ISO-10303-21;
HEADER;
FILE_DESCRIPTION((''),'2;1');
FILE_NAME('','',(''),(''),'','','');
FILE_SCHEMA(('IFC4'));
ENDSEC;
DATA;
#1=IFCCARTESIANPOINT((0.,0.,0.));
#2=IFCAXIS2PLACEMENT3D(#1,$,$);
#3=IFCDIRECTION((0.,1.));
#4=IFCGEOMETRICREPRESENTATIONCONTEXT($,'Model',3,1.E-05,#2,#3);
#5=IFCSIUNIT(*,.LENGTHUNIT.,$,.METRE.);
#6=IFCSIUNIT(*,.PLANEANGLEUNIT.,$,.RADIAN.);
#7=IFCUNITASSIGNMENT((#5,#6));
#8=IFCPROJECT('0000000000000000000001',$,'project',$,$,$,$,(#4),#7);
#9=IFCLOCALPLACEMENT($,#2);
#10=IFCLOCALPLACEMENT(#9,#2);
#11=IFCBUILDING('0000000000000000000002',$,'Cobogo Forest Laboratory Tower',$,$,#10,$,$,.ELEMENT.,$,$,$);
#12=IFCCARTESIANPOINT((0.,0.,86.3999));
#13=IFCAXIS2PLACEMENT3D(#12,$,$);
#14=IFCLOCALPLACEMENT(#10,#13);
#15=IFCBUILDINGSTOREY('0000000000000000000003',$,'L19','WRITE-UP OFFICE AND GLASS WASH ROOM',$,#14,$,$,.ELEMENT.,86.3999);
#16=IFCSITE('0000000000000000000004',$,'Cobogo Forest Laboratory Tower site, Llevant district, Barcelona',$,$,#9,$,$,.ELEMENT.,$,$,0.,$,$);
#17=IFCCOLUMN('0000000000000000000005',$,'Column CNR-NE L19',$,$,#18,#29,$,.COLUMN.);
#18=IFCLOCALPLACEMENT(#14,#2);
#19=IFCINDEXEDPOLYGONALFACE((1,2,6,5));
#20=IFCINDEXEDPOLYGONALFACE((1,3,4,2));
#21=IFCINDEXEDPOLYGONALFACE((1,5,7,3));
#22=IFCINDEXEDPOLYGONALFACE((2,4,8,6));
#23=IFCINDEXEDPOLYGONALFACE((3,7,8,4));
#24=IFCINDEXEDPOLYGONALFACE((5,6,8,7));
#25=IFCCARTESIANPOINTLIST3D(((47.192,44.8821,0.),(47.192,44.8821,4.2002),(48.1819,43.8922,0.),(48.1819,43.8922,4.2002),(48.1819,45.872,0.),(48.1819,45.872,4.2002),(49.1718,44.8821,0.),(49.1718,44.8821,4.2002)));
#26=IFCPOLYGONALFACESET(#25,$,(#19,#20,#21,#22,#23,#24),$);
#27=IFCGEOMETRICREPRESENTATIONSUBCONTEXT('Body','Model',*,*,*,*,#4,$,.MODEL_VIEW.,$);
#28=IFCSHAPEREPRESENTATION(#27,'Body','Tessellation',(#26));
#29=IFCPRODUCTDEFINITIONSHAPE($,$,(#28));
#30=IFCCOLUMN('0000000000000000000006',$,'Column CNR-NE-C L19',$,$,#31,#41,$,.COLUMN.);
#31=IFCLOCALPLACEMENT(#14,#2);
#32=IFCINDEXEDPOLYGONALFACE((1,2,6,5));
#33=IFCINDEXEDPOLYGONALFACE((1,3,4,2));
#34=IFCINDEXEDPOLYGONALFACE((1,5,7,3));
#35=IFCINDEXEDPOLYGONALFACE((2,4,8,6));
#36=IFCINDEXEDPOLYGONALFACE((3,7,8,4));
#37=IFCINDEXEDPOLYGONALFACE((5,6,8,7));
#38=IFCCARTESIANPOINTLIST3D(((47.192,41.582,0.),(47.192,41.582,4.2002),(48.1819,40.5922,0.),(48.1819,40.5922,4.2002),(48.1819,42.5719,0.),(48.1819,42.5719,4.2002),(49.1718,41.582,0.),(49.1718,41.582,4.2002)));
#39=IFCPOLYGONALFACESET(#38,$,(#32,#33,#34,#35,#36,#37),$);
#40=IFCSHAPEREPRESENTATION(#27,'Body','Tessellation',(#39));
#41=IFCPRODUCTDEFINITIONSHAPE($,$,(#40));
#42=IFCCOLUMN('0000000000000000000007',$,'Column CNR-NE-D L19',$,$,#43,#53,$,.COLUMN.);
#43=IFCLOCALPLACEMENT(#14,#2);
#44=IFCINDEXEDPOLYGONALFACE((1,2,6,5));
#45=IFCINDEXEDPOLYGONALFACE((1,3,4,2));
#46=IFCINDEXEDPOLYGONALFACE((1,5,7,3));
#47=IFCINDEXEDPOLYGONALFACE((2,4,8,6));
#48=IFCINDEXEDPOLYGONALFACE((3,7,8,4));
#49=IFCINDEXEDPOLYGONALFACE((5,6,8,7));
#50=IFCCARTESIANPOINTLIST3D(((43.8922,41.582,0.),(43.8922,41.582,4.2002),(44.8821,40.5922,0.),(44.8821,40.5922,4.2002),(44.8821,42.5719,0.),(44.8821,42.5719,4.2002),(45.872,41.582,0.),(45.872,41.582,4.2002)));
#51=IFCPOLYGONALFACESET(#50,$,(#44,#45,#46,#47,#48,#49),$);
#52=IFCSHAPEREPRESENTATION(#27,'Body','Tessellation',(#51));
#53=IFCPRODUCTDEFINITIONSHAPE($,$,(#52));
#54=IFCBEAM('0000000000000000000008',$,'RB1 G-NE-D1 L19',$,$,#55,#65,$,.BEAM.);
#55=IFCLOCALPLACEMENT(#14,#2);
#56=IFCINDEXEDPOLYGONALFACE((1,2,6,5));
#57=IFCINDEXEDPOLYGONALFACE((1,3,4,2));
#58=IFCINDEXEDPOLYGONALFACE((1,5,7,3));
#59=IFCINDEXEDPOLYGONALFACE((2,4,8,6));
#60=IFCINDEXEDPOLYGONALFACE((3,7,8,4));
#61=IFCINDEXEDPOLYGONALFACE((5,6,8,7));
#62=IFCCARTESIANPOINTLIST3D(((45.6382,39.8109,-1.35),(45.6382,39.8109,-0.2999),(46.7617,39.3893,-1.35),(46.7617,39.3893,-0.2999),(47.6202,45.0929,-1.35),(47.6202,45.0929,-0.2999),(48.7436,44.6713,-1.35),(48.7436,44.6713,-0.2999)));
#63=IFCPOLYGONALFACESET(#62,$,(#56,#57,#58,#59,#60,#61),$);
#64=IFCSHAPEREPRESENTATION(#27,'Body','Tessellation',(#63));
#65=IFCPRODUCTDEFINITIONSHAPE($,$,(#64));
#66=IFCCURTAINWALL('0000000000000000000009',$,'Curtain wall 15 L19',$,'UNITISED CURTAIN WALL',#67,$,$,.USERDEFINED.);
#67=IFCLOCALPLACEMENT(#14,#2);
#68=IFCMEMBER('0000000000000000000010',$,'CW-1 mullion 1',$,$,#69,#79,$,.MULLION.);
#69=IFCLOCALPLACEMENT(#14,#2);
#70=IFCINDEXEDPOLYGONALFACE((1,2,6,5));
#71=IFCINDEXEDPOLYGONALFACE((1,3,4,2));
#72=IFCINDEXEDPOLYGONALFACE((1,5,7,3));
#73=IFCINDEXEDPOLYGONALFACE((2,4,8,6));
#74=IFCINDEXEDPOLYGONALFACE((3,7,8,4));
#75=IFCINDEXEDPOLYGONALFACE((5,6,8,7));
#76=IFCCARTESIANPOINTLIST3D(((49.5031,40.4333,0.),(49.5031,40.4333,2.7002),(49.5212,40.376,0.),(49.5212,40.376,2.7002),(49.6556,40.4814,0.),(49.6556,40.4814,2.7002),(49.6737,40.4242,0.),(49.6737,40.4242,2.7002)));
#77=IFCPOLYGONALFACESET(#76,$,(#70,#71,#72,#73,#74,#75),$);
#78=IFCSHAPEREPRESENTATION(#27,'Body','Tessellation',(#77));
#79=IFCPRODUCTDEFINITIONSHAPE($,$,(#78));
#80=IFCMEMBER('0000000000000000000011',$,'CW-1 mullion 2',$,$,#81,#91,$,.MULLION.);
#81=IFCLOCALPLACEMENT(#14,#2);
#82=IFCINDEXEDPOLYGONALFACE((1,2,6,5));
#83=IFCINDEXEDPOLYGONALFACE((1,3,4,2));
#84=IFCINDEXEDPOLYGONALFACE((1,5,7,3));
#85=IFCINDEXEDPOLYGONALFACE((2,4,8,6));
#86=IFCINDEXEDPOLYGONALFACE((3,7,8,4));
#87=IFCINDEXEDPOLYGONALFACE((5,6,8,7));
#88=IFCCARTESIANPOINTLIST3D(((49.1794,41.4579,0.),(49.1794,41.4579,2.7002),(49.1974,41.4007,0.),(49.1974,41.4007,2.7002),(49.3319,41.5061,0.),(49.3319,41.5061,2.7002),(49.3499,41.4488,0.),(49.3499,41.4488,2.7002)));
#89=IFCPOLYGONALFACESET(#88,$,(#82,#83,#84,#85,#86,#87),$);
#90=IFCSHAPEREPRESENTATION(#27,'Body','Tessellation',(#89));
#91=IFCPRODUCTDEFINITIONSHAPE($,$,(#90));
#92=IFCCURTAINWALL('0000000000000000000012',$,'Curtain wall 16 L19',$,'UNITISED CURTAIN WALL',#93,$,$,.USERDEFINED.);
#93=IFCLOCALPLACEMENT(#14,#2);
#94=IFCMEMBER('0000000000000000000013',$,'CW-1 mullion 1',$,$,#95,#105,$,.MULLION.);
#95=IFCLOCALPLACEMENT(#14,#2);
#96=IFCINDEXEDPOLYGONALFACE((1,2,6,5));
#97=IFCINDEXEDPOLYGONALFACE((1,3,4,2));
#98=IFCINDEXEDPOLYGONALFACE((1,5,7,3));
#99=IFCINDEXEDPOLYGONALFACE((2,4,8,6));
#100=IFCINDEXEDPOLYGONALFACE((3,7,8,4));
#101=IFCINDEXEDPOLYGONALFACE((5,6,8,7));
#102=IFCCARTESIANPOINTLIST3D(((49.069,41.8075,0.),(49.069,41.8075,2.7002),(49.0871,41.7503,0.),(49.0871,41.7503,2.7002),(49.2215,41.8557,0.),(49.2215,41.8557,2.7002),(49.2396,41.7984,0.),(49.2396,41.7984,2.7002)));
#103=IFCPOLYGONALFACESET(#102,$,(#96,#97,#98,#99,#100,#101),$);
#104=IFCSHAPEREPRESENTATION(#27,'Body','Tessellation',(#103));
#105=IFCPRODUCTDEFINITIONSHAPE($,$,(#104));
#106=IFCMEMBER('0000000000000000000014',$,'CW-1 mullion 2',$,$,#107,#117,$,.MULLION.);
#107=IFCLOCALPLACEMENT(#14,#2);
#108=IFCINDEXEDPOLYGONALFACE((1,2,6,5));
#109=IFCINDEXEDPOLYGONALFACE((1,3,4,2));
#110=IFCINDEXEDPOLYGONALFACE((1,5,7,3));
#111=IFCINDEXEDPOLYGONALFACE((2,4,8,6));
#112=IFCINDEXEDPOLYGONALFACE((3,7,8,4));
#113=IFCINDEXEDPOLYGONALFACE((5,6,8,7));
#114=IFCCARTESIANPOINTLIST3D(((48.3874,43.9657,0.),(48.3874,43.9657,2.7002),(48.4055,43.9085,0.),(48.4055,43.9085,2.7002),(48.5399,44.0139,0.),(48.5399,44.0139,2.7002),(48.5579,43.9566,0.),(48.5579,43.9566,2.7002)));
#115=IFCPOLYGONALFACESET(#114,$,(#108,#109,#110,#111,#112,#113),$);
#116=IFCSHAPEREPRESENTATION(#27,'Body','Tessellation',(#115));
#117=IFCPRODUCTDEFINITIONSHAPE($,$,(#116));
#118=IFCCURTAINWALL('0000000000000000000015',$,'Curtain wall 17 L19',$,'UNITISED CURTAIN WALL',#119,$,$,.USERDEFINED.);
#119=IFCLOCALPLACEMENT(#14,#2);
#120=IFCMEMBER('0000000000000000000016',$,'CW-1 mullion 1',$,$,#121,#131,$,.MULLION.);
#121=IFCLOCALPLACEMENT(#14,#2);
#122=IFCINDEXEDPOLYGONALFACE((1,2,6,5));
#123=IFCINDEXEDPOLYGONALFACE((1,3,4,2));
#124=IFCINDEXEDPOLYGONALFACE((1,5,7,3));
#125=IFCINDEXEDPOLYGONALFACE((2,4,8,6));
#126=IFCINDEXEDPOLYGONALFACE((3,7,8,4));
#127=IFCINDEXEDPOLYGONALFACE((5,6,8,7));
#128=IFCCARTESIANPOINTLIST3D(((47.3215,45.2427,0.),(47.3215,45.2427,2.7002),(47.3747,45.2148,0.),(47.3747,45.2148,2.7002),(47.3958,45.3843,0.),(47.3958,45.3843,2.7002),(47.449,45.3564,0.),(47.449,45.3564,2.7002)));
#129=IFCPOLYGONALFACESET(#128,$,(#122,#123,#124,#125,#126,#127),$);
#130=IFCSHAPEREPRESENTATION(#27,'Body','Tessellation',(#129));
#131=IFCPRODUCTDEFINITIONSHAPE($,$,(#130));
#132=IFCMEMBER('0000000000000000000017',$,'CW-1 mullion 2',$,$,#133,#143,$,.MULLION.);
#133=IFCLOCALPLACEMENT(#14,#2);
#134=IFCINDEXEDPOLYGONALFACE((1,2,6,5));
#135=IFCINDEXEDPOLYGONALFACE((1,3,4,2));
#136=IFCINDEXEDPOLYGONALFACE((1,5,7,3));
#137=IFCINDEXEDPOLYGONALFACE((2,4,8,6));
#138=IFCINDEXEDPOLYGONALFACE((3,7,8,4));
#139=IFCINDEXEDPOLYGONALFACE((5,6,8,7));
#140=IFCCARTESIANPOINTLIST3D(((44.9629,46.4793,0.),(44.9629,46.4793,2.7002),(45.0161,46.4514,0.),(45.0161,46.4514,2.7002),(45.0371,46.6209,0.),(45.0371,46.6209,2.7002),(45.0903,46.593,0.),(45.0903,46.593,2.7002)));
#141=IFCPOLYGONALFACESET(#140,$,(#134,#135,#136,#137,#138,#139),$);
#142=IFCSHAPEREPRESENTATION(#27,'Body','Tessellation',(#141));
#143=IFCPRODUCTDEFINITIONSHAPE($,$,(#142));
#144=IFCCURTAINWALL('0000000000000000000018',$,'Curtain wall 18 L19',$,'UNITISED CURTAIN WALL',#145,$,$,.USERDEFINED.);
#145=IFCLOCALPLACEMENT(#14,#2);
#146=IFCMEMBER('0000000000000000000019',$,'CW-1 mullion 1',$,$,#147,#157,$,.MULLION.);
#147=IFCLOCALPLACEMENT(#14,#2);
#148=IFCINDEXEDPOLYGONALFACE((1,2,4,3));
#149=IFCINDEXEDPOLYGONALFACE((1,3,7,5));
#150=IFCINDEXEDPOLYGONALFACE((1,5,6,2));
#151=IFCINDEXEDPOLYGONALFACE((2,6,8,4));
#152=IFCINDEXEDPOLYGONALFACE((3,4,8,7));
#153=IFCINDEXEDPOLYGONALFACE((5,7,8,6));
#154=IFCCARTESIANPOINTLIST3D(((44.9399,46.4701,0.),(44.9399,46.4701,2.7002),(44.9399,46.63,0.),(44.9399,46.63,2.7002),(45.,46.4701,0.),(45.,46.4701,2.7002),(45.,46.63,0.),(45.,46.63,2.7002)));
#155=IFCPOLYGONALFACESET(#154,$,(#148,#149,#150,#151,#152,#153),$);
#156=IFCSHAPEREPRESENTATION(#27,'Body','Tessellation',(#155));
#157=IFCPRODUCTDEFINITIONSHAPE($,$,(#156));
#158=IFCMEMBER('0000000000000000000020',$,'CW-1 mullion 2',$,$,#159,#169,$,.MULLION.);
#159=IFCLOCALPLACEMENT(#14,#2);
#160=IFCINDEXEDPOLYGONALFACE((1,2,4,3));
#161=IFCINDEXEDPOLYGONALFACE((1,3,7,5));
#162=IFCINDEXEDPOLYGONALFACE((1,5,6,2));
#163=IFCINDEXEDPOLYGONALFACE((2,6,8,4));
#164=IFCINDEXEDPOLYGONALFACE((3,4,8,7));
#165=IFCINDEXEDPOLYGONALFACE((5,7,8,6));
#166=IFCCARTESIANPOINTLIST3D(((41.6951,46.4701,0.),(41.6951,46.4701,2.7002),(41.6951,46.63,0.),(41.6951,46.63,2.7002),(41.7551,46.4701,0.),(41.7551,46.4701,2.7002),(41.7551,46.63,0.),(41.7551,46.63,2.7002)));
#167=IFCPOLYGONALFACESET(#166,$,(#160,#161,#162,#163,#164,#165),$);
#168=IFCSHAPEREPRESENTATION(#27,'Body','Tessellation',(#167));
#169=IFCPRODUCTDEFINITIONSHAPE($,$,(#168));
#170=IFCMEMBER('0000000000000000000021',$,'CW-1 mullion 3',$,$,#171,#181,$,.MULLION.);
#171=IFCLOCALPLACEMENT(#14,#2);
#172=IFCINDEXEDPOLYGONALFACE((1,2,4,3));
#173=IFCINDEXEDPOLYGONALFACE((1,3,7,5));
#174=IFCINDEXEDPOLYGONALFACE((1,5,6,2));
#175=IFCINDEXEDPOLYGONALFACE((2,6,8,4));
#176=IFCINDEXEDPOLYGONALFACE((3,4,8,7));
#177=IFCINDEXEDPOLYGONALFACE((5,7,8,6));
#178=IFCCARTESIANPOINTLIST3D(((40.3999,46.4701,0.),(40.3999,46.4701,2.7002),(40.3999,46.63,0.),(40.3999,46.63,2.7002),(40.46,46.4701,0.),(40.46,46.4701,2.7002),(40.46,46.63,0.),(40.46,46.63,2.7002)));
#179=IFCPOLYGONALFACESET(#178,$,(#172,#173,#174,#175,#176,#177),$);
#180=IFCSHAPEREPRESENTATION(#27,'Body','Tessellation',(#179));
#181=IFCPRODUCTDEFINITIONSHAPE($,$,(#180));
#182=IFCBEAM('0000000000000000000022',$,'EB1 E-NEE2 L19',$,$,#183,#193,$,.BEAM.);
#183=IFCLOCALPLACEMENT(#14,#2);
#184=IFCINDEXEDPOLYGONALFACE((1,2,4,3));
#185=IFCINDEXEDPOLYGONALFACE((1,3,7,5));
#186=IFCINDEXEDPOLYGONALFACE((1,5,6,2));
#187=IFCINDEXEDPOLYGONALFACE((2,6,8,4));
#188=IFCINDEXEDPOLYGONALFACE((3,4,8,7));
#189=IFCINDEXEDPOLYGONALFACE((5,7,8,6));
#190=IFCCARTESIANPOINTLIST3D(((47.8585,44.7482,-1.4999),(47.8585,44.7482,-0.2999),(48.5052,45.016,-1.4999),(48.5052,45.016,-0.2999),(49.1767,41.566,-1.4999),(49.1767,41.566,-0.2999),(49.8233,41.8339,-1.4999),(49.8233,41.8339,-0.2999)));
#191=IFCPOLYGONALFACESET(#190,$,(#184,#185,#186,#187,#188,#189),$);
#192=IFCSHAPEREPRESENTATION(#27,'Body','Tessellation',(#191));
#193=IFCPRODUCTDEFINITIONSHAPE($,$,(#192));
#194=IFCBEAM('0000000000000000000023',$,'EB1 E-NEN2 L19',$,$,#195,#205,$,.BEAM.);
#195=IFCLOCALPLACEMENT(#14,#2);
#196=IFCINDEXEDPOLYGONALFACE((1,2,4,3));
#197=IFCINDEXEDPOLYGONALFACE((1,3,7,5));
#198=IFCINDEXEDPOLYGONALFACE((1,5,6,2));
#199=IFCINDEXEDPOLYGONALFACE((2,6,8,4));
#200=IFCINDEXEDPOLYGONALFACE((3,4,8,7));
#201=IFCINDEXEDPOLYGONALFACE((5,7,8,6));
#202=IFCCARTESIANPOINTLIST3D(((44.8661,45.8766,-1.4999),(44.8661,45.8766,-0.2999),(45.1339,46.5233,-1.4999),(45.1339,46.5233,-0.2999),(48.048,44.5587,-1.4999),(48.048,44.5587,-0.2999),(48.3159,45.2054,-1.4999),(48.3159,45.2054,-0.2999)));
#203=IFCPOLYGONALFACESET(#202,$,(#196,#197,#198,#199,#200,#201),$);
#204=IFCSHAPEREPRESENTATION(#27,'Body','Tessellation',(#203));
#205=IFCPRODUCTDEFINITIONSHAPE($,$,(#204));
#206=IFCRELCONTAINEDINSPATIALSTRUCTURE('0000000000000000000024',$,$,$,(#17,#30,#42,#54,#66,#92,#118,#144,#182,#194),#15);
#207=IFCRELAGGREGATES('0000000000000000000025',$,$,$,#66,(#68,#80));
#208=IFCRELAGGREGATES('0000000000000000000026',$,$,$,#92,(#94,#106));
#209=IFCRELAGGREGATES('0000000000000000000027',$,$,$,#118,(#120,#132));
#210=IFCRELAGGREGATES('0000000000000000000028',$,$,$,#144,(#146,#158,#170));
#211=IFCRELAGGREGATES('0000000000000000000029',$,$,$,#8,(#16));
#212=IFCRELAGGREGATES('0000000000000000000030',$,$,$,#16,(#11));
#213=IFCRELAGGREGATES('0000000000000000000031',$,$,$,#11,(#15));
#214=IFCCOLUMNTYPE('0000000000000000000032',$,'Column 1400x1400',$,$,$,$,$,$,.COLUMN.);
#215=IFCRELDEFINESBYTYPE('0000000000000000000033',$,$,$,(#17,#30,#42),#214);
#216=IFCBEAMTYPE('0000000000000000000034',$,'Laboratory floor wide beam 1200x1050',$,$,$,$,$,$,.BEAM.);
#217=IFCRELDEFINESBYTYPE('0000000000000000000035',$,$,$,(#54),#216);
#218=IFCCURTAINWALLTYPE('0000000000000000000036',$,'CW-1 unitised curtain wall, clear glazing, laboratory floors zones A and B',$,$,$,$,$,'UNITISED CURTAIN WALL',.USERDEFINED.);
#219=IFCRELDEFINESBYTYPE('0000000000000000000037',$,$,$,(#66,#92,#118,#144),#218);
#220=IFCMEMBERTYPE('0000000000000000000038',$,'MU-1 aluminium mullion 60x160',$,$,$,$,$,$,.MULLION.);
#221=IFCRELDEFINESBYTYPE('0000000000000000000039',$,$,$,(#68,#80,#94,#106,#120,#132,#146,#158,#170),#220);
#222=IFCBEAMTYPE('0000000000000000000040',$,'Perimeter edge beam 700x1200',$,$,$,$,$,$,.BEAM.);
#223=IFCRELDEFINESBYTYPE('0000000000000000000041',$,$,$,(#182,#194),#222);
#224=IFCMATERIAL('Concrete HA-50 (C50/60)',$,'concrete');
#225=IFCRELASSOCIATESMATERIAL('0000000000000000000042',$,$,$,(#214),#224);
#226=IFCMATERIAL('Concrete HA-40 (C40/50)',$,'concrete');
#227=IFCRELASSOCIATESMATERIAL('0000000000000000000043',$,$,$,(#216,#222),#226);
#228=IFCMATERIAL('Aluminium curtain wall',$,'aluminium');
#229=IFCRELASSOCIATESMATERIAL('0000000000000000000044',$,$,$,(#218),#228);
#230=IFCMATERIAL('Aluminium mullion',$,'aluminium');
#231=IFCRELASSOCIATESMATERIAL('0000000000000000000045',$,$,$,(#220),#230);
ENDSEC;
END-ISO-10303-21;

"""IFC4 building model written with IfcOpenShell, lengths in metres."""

from ifc_helpers import new_model, si_unit, direction, frame, origin, origin_2d, place, context, subcontext, project, spatial, rectangle, extrude, material, material_profile, profile_set, type_object, element, aggregate, save


model = new_model("IFC4")

# Units and contexts
model_context = context("Model", 3, precision=1e-05, world=origin(), true_north=direction((0.0, 1.0)))
body_context = subcontext(model_context, "Body", "Model", "MODEL_VIEW")
ifc_project = project(units=[si_unit("LENGTHUNIT", "METRE"), si_unit("PLANEANGLEUNIT", "RADIAN")], contexts=[model_context])

# Site, building, storey
site_placement = place(None, origin())
site = spatial("IfcSite", under=ifc_project, at=site_placement, Name="Cobogo Forest Laboratory Tower site, Llevant district, Barcelona", CompositionType="ELEMENT", RefElevation=0.0)
building_placement = place(site_placement, origin())
building = spatial("IfcBuilding", under=site, at=building_placement, Name="Cobogo Forest Laboratory Tower", CompositionType="ELEMENT")
storey_placement = place(building_placement, frame((0.0, 0.0, 86.3999)))
storey = spatial("IfcBuildingStorey", under=building, at=storey_placement, Name="L19", Description="WRITE-UP OFFICE AND GLASS WASH ROOM", CompositionType="ELEMENT", Elevation=86.3999)

# Columns
ifc_material_1 = material(Name="Concrete HA-50 (C50/60)", Category="concrete")
ifc_material_profile_1 = material_profile(ifc_material_1, rectangle(XDim=1.3999, YDim=1.3999, at=origin_2d()), Name="RC 1400x1400")
ifc_profile_set_1 = profile_set([ifc_material_profile_1], Name="Concrete HA-50 (C50/60)")
column_type = type_object("IfcColumnType", Name="Column 1400x1400", PredefinedType="COLUMN", material=ifc_profile_set_1)
for number, where, z_axis, x_axis, name in (
    (1, (48.1819, 44.8821, 0.0), (0.0, 0.0, 1.0), (0.707107, 0.707107, 0.0), "Column CNR-NE L19"),
    (2, (48.1819, 41.582, 0.0), (0.0, 0.0, 1.0), (0.707107, 0.707107, 0.0), "Column CNR-NE-C L19"),
    (3, (44.8821, 41.582, 0.0), (0.0, 0.0, 1.0), (0.707107, 0.707107, 0.0), "Column CNR-NE-D L19"),
):
    element("IfcColumn", number, at=place(storey_placement, frame(where, z_axis=z_axis, x_axis=x_axis)), inside=storey, type_object=column_type, Name=name, PredefinedType="COLUMN", context=body_context, shape_type="SweptSolid", body=[
        extrude(rectangle(XDim=1.3999, YDim=1.3999, at=origin_2d()), origin(), (0.0, 0.0, 1.0), 4.2002),
    ])

# Beam
ifc_material_2 = material(Name="Concrete HA-40 (C40/50)", Category="concrete")
ifc_material_profile_2 = material_profile(ifc_material_2, rectangle(XDim=1.2, YDim=1.05, at=origin_2d()), Name="RC 1200x1050")
ifc_profile_set_2 = profile_set([ifc_material_profile_2], Name="Concrete HA-40 (C40/50)")
beam_type_1 = type_object("IfcBeamType", Name="Laboratory floor wide beam 1200x1050", PredefinedType="BEAM", material=ifc_profile_set_2)
beam_1_placement = place(storey_placement, frame((48.1819, 44.8821, -0.825), z_axis=(-0.351308, -0.93626, 0.0), x_axis=(0.93626, -0.351308, 0.0)))
element("IfcBeam", 4, at=beam_1_placement, inside=storey, type_object=beam_type_1, Name="RB1 G-NE-D1 L19", PredefinedType="BEAM", context=body_context, shape_type="SweptSolid", body=[
    extrude(rectangle(XDim=1.2, YDim=1.05, at=origin_2d()), origin(), (0.0, 0.0, 1.0), 5.6416),
])

# Curtain walls, members
ifc_material_3 = material(Name="Aluminium curtain wall", Category="aluminium")
curtain_wall_type = type_object("IfcCurtainWallType", Name="CW-1 unitised curtain wall, clear glazing, laboratory floors zones A and B", ElementType="UNITISED CURTAIN WALL", PredefinedType="USERDEFINED", material=ifc_material_3)
curtain_wall_1_placement = place(storey_placement, origin())
curtain_wall_1 = element("IfcCurtainWall", 5, at=curtain_wall_1_placement, inside=storey, type_object=curtain_wall_type, Name="Curtain wall 15 L19", ObjectType="UNITISED CURTAIN WALL", PredefinedType="USERDEFINED")
ifc_material_4 = material(Name="Aluminium mullion", Category="aluminium")
ifc_material_profile_3 = material_profile(ifc_material_4, rectangle(XDim=0.0601, YDim=0.1599, at=origin_2d()), Name="AL 60x160")
ifc_profile_set_3 = profile_set([ifc_material_profile_3], Name="Aluminium mullion")
member_type_1 = type_object("IfcMemberType", Name="MU-1 aluminium mullion 60x160", PredefinedType="MULLION", material=ifc_profile_set_3)
member_1_placement = place(storey_placement, frame((49.5884, 40.4287, 0.0), z_axis=(0.0, 0.0, 1.0), x_axis=(-0.301136, 0.953581, 0.0)))
member_1 = element("IfcMember", 6, at=member_1_placement, type_object=member_type_1, Name="CW-1 mullion 1", PredefinedType="MULLION", context=body_context, shape_type="SweptSolid", body=[
    extrude(rectangle(XDim=0.0601, YDim=0.1599, at=origin_2d()), origin(), (0.0, 0.0, 1.0), 2.7002),
])
member_2_placement = place(storey_placement, frame((49.2646, 41.4534, 0.0), z_axis=(0.0, 0.0, 1.0), x_axis=(-0.301136, 0.953581, 0.0)))
member_2 = element("IfcMember", 7, at=member_2_placement, type_object=member_type_1, Name="CW-1 mullion 2", PredefinedType="MULLION", context=body_context, shape_type="SweptSolid", body=[
    extrude(rectangle(XDim=0.0601, YDim=0.1599, at=origin_2d()), origin(), (0.0, 0.0, 1.0), 2.7002),
])
curtain_wall_2_placement = place(storey_placement, origin())
curtain_wall_2 = element("IfcCurtainWall", 8, at=curtain_wall_2_placement, inside=storey, type_object=curtain_wall_type, Name="Curtain wall 16 L19", ObjectType="UNITISED CURTAIN WALL", PredefinedType="USERDEFINED")
member_3_placement = place(storey_placement, frame((49.1543, 41.803, 0.0), z_axis=(0.0, 0.0, 1.0), x_axis=(-0.301135, 0.953581, 0.0)))
member_3 = element("IfcMember", 9, at=member_3_placement, type_object=member_type_1, Name="CW-1 mullion 1", PredefinedType="MULLION", context=body_context, shape_type="SweptSolid", body=[
    extrude(rectangle(XDim=0.0601, YDim=0.1599, at=origin_2d()), origin(), (0.0, 0.0, 1.0), 2.7002),
])
member_4_placement = place(storey_placement, frame((48.4727, 43.9612, 0.0), z_axis=(0.0, 0.0, 1.0), x_axis=(-0.301135, 0.953581, 0.0)))
member_4 = element("IfcMember", 10, at=member_4_placement, type_object=member_type_1, Name="CW-1 mullion 2", PredefinedType="MULLION", context=body_context, shape_type="SweptSolid", body=[
    extrude(rectangle(XDim=0.0601, YDim=0.1599, at=origin_2d()), origin(), (0.0, 0.0, 1.0), 2.7002),
])
curtain_wall_3_placement = place(storey_placement, origin())
curtain_wall_3 = element("IfcCurtainWall", 11, at=curtain_wall_3_placement, inside=storey, type_object=curtain_wall_type, Name="Curtain wall 17 L19", ObjectType="UNITISED CURTAIN WALL", PredefinedType="USERDEFINED")
member_5_placement = place(storey_placement, frame((47.3853, 45.2996, 0.0), z_axis=(0.0, 0.0, 1.0), x_axis=(-0.885687, 0.464284, 0.0)))
member_5 = element("IfcMember", 12, at=member_5_placement, type_object=member_type_1, Name="CW-1 mullion 1", PredefinedType="MULLION", context=body_context, shape_type="SweptSolid", body=[
    extrude(rectangle(XDim=0.0601, YDim=0.1599, at=origin_2d()), origin(), (0.0, 0.0, 1.0), 2.7002),
])
member_6_placement = place(storey_placement, frame((45.0266, 46.5361, 0.0), z_axis=(0.0, 0.0, 1.0), x_axis=(-0.885687, 0.464284, 0.0)))
member_6 = element("IfcMember", 13, at=member_6_placement, type_object=member_type_1, Name="CW-1 mullion 2", PredefinedType="MULLION", context=body_context, shape_type="SweptSolid", body=[
    extrude(rectangle(XDim=0.0601, YDim=0.1599, at=origin_2d()), origin(), (0.0, 0.0, 1.0), 2.7002),
])
curtain_wall_4_placement = place(storey_placement, origin())
curtain_wall_4 = element("IfcCurtainWall", 14, at=curtain_wall_4_placement, inside=storey, type_object=curtain_wall_type, Name="Curtain wall 18 L19", ObjectType="UNITISED CURTAIN WALL", PredefinedType="USERDEFINED")
member_7_placement = place(storey_placement, frame((44.97, 46.55, 0.0), z_axis=(0.0, 0.0, 1.0), x_axis=(-1.0, 0.0, 0.0)))
member_7 = element("IfcMember", 15, at=member_7_placement, type_object=member_type_1, Name="CW-1 mullion 1", PredefinedType="MULLION", context=body_context, shape_type="SweptSolid", body=[
    extrude(rectangle(XDim=0.0601, YDim=0.1599, at=origin_2d()), origin(), (0.0, 0.0, 1.0), 2.7002),
])
member_8_placement = place(storey_placement, frame((41.7251, 46.55, 0.0), z_axis=(0.0, 0.0, 1.0), x_axis=(-1.0, 0.0, 0.0)))
member_8 = element("IfcMember", 16, at=member_8_placement, type_object=member_type_1, Name="CW-1 mullion 2", PredefinedType="MULLION", context=body_context, shape_type="SweptSolid", body=[
    extrude(rectangle(XDim=0.0601, YDim=0.1599, at=origin_2d()), origin(), (0.0, 0.0, 1.0), 2.7002),
])
member_9_placement = place(storey_placement, frame((40.4299, 46.55, 0.0), z_axis=(0.0, 0.0, 1.0), x_axis=(-1.0, 0.0, 0.0)))
member_9 = element("IfcMember", 17, at=member_9_placement, type_object=member_type_1, Name="CW-1 mullion 3", PredefinedType="MULLION", context=body_context, shape_type="SweptSolid", body=[
    extrude(rectangle(XDim=0.0601, YDim=0.1599, at=origin_2d()), origin(), (0.0, 0.0, 1.0), 2.7002),
])

# Beams
ifc_material_profile_4 = material_profile(ifc_material_2, rectangle(XDim=0.7, YDim=1.2, at=origin_2d()), Name="RC 700x1200")
ifc_profile_set_4 = profile_set([ifc_material_profile_4], Name="Concrete HA-40 (C40/50)")
beam_type_2 = type_object("IfcBeamType", Name="Perimeter edge beam 700x1200", PredefinedType="BEAM", material=ifc_profile_set_4)
beam_2_placement = place(storey_placement, frame((49.5, 41.7, -0.8999), z_axis=(-0.382692, 0.923876, 0.0), x_axis=(-0.923876, -0.382692, 0.0)))
element("IfcBeam", 18, at=beam_2_placement, inside=storey, type_object=beam_type_2, Name="EB1 E-NEE2 L19", PredefinedType="BEAM", context=body_context, shape_type="SweptSolid", body=[
    extrude(rectangle(XDim=0.7, YDim=1.2, at=origin_2d()), origin(), (0.0, 0.0, 1.0), 3.4443),
])
beam_3_placement = place(storey_placement, frame((45.0, 46.2, -0.8999), z_axis=(0.923891, -0.382656, 0.0), x_axis=(0.382656, 0.923891, 0.0)))
element("IfcBeam", 19, at=beam_3_placement, inside=storey, type_object=beam_type_2, Name="EB1 E-NEN2 L19", PredefinedType="BEAM", context=body_context, shape_type="SweptSolid", body=[
    extrude(rectangle(XDim=0.7, YDim=1.2, at=origin_2d()), origin(), (0.0, 0.0, 1.0), 3.4441),
])

aggregate(curtain_wall_1, [member_1, member_2])
aggregate(curtain_wall_2, [member_3, member_4])
aggregate(curtain_wall_3, [member_5, member_6])
aggregate(curtain_wall_4, [member_7, member_8, member_9])

save(model, "model.ifc")
